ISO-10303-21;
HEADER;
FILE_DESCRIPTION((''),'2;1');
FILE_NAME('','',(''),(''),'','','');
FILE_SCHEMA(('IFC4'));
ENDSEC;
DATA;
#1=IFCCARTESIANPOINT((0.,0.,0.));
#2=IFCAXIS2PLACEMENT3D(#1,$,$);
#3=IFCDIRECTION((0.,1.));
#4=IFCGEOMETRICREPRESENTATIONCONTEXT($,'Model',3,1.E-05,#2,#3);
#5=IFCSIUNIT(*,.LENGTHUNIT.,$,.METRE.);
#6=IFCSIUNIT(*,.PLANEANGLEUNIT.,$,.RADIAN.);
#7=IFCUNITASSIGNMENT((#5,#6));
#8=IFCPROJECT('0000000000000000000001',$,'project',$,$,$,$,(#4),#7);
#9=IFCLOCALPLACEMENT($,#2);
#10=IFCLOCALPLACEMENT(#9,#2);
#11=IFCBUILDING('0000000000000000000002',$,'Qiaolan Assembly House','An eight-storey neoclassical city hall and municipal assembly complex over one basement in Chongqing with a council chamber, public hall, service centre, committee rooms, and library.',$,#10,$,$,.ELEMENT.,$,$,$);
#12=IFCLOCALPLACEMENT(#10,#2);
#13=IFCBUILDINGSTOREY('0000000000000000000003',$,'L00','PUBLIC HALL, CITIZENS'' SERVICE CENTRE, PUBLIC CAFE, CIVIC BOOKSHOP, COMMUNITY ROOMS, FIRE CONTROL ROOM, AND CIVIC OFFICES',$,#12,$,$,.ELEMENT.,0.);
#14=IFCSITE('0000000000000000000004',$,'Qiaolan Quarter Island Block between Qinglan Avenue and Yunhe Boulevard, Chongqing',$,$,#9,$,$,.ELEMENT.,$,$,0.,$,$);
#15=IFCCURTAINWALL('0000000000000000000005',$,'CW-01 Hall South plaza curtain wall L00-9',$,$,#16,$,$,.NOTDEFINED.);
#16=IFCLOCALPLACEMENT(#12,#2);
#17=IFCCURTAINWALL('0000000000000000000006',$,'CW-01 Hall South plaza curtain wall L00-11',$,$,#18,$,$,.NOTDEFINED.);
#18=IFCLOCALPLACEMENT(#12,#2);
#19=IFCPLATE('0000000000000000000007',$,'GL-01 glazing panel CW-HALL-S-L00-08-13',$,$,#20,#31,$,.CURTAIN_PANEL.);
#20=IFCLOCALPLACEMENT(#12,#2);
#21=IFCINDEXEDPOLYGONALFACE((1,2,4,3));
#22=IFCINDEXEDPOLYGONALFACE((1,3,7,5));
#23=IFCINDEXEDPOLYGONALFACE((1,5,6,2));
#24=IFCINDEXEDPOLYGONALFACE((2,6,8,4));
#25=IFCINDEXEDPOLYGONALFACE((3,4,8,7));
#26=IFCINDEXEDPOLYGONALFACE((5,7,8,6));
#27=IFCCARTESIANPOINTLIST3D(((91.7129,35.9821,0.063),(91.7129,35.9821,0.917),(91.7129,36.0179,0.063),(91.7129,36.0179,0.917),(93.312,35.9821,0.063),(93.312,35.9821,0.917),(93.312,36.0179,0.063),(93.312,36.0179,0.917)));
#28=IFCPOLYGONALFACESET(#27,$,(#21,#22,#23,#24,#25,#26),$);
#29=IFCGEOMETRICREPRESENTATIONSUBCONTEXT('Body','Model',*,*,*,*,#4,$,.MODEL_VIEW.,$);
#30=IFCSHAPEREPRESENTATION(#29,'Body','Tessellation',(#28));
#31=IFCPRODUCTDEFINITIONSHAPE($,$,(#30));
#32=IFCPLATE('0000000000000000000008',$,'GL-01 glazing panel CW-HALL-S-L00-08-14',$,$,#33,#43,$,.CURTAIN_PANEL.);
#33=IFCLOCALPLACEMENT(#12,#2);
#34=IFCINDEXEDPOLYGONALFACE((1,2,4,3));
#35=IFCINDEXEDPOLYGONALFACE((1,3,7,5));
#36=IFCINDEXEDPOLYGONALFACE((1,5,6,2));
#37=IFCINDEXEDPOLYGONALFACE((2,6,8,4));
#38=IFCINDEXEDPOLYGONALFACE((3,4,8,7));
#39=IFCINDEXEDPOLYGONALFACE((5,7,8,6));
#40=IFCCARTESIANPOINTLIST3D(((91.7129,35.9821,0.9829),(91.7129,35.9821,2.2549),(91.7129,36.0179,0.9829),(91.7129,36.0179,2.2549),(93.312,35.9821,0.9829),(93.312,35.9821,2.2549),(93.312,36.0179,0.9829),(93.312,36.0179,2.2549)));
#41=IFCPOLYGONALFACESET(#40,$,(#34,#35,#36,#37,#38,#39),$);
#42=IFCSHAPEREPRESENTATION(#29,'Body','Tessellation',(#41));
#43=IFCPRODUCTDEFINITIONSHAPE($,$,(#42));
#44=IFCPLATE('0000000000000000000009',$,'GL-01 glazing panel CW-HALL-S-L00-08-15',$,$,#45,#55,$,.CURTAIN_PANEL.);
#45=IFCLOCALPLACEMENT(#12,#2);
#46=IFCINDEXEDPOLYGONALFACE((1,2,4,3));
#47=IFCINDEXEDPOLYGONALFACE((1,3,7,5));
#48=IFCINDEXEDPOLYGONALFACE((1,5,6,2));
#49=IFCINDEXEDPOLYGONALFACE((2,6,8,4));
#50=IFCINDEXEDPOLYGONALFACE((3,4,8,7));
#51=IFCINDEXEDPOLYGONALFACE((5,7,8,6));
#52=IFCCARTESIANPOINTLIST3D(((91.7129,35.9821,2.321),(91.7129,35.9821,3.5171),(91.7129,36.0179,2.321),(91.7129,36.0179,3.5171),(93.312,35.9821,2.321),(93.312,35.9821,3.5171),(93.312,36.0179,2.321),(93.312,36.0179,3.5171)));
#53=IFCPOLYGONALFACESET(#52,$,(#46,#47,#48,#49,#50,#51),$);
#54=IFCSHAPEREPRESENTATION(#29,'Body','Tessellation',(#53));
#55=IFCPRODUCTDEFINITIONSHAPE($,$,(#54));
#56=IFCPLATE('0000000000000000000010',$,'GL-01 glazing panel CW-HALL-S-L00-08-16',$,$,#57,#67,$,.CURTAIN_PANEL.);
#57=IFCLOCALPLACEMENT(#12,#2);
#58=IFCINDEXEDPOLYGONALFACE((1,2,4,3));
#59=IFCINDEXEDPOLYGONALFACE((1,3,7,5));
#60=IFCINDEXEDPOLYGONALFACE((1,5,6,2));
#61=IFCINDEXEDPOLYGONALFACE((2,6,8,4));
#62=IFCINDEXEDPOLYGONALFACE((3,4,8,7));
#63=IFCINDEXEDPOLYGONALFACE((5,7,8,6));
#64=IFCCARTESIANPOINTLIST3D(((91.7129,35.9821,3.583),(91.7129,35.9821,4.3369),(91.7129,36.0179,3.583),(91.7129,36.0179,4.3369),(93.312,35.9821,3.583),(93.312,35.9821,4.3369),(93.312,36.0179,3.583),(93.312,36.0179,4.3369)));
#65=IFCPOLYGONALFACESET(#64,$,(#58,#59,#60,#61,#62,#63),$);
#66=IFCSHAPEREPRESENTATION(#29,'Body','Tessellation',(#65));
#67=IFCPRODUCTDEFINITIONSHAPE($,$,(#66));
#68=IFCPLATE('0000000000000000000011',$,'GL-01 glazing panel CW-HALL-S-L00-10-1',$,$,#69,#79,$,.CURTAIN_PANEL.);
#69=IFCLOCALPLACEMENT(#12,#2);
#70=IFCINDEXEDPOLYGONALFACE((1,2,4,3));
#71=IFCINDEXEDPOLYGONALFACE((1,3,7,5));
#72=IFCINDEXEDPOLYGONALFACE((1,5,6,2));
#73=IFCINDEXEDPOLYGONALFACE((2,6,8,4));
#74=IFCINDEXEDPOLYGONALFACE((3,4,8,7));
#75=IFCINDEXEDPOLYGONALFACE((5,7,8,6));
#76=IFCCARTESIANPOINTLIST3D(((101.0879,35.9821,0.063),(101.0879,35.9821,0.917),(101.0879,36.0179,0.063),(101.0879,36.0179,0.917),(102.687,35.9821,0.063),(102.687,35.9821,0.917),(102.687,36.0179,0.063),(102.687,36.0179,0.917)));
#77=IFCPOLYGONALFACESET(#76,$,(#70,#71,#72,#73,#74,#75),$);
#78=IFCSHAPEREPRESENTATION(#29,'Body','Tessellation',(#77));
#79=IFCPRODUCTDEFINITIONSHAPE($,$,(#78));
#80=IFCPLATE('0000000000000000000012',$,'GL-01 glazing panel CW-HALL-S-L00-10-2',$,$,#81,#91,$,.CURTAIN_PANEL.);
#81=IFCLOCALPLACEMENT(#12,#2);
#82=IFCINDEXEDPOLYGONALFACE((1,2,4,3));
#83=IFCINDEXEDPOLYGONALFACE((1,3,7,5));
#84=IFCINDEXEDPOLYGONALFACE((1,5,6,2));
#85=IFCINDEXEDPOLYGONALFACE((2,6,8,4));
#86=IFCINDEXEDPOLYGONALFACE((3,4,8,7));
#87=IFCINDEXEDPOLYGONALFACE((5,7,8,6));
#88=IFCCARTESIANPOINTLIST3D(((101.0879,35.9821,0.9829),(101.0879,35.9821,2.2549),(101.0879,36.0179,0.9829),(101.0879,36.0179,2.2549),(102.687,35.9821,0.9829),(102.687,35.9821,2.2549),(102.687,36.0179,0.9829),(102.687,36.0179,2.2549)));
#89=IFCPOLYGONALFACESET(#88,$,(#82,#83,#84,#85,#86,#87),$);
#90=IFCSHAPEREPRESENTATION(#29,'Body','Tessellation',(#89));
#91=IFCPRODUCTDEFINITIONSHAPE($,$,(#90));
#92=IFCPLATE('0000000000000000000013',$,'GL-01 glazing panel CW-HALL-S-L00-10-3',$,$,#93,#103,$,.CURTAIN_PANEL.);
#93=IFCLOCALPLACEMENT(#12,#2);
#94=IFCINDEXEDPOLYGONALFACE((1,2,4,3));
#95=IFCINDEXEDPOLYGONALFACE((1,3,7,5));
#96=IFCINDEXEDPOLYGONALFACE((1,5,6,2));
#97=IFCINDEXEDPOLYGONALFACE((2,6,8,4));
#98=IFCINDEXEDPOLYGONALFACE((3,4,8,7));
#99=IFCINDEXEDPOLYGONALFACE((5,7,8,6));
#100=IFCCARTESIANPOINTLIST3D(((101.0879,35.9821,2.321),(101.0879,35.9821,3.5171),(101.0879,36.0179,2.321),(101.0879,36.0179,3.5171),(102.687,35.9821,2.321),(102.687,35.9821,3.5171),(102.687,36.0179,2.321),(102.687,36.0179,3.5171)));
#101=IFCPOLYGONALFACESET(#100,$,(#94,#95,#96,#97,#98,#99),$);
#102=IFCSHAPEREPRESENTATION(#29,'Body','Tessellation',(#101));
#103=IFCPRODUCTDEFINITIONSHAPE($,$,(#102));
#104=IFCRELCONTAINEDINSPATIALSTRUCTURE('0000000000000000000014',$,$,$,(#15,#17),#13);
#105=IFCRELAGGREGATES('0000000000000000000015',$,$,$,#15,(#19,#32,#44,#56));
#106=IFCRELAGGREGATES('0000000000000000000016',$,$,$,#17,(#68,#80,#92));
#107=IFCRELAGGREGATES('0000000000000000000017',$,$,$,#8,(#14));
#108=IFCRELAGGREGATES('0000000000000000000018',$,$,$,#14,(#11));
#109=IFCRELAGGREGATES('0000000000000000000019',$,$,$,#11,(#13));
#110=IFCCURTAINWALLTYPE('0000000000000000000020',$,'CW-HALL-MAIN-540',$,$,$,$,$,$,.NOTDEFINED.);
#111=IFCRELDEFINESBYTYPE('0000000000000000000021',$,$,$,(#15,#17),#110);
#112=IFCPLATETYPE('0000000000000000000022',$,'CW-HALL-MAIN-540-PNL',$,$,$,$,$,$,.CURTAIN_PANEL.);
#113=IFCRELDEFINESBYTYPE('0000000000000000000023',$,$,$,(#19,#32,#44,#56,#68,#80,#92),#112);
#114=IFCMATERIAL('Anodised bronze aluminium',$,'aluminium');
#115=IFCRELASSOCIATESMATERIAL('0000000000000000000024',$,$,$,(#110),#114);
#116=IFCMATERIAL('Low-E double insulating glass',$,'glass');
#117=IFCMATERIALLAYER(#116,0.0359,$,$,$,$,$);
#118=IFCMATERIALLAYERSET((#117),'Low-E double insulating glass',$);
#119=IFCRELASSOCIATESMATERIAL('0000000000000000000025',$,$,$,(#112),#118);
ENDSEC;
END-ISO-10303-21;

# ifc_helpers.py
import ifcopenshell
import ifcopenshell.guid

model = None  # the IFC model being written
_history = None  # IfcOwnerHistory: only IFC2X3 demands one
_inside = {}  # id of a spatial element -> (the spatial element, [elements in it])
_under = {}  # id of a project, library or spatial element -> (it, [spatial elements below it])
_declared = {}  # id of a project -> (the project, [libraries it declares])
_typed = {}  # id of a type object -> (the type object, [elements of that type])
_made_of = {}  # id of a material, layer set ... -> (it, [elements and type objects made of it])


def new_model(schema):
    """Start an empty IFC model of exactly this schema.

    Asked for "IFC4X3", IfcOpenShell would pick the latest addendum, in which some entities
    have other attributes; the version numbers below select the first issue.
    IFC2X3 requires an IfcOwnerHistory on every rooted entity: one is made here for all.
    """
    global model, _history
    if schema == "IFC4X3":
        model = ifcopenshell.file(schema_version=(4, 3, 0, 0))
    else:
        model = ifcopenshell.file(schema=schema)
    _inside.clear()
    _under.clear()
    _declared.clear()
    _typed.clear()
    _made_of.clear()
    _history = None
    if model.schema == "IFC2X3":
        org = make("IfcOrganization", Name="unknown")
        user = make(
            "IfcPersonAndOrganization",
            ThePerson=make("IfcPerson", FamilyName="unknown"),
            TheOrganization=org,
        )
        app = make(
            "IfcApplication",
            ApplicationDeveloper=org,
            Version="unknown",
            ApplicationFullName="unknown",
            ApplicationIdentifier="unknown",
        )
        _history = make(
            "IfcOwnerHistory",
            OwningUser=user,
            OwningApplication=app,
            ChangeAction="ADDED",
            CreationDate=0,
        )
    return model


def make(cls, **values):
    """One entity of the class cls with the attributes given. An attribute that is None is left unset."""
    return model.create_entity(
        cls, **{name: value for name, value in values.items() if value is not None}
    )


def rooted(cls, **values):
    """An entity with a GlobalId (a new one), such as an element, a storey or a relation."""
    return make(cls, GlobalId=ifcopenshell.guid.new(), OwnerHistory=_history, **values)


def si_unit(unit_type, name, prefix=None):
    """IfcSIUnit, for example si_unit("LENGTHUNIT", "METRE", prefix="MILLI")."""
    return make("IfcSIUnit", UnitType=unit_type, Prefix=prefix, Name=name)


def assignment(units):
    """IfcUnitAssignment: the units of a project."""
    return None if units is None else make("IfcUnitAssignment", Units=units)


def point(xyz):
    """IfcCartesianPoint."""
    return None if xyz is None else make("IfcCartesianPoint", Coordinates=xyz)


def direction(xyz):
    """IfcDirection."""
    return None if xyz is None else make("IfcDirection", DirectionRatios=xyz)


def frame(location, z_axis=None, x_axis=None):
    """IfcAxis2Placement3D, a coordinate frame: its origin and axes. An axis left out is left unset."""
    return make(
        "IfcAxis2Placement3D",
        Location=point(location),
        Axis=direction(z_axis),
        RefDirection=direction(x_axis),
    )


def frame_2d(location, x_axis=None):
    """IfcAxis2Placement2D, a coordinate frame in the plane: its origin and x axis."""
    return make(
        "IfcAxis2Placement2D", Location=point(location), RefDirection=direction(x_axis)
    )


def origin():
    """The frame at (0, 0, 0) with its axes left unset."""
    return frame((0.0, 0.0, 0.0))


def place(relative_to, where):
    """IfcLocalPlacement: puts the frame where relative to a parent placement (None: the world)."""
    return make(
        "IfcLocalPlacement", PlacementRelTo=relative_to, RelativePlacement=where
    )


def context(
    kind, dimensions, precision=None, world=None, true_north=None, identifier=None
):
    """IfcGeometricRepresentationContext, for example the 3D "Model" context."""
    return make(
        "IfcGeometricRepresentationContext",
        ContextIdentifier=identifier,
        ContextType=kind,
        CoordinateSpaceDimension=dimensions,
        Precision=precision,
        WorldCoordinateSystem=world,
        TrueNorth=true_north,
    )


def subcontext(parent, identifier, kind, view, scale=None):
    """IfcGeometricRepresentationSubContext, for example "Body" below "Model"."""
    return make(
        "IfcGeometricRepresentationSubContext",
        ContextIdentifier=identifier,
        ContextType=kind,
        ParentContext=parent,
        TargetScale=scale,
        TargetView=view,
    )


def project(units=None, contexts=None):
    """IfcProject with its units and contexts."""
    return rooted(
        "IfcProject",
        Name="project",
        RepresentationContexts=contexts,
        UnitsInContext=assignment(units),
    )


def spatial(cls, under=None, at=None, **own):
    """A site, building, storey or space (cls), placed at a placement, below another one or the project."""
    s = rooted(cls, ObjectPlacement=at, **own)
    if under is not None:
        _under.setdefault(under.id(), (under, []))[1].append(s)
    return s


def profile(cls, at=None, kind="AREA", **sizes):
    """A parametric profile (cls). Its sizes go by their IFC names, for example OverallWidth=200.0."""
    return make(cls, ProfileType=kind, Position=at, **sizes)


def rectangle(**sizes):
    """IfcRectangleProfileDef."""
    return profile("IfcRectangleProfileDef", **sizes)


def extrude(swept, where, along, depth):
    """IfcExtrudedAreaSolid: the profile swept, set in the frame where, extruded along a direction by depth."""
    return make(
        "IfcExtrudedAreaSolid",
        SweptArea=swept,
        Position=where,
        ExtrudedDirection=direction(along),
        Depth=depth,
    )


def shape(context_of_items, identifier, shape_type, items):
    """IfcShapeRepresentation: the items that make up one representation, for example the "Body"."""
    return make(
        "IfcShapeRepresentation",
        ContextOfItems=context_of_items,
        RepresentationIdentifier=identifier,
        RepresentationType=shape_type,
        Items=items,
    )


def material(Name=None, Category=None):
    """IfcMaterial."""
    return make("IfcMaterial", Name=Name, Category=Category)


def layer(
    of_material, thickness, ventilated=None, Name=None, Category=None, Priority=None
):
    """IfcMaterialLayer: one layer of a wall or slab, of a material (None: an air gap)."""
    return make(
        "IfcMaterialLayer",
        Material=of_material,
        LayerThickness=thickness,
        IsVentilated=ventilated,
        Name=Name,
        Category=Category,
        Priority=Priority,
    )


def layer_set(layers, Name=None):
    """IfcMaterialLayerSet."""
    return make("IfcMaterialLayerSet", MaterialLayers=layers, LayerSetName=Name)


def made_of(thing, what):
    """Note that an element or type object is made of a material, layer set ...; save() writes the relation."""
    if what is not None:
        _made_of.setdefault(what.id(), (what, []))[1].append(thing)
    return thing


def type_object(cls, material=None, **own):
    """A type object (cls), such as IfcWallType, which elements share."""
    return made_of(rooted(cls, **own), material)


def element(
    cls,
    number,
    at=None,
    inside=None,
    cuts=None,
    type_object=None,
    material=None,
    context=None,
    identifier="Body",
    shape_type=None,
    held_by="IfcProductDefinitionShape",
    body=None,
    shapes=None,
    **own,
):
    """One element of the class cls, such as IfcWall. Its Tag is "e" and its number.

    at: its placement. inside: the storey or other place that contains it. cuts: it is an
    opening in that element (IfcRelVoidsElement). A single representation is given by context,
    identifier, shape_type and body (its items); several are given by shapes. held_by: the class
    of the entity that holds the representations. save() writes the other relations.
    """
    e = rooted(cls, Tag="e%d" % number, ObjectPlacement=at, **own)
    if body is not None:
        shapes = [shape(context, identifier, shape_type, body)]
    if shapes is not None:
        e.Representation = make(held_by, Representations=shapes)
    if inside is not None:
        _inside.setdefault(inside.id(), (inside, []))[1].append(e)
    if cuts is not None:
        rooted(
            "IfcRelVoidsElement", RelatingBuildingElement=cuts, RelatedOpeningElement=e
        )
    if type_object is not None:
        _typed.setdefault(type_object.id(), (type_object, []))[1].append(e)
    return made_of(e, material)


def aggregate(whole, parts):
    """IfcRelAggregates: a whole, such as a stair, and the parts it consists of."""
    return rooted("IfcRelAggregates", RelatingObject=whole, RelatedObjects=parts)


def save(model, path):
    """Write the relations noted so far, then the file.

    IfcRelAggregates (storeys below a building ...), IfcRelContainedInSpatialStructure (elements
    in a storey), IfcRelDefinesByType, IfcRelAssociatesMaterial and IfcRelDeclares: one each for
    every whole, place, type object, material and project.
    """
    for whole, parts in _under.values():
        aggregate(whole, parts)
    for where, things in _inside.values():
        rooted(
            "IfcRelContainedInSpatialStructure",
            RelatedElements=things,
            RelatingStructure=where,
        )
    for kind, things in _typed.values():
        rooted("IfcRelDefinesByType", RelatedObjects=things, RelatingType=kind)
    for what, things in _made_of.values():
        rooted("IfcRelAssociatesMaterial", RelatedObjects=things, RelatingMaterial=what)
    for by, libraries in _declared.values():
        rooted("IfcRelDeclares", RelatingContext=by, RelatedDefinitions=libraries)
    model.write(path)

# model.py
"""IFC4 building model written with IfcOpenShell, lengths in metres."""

from ifc_helpers import new_model, si_unit, direction, frame, frame_2d, origin, place, context, subcontext, project, spatial, rectangle, extrude, material, layer, layer_set, type_object, element, aggregate, save


model = new_model("IFC4")

# Units and contexts
model_context = context("Model", 3, precision=1e-05, world=origin(), true_north=direction((0.0, 1.0)))
body_context = subcontext(model_context, "Body", "Model", "MODEL_VIEW")
ifc_project = project(units=[si_unit("LENGTHUNIT", "METRE"), si_unit("PLANEANGLEUNIT", "RADIAN")], contexts=[model_context])

# Site, building, storey
site_placement = place(None, origin())
site = spatial("IfcSite", under=ifc_project, at=site_placement, Name="Qiaolan Quarter Island Block between Qinglan Avenue and Yunhe Boulevard, Chongqing", CompositionType="ELEMENT", RefElevation=0.0)
building_placement = place(site_placement, origin())
building = spatial("IfcBuilding", under=site, at=building_placement, Name="Qiaolan Assembly House", Description="An eight-storey neoclassical city hall and municipal assembly complex over one basement in Chongqing with a council chamber, public hall, service centre, committee rooms, and library.", CompositionType="ELEMENT")
storey_placement = place(building_placement, origin())
storey = spatial("IfcBuildingStorey", under=building, at=storey_placement, Name="L00", Description="PUBLIC HALL, CITIZENS' SERVICE CENTRE, PUBLIC CAFE, CIVIC BOOKSHOP, COMMUNITY ROOMS, FIRE CONTROL ROOM, AND CIVIC OFFICES", CompositionType="ELEMENT", Elevation=0.0)

# Curtain wall
ifc_material_1 = material(Name="Anodised bronze aluminium", Category="aluminium")
curtain_wall_type = type_object("IfcCurtainWallType", Name="CW-HALL-MAIN-540", PredefinedType="NOTDEFINED", material=ifc_material_1)
curtain_wall_1_placement = place(storey_placement, origin())
curtain_wall_1 = element("IfcCurtainWall", 1, at=curtain_wall_1_placement, inside=storey, type_object=curtain_wall_type, Name="CW-01 Hall South plaza curtain wall L00-9", PredefinedType="NOTDEFINED")

# Curtain wall
curtain_wall_2_placement = place(storey_placement, origin())
curtain_wall_2 = element("IfcCurtainWall", 2, at=curtain_wall_2_placement, inside=storey, type_object=curtain_wall_type, Name="CW-01 Hall South plaza curtain wall L00-11", PredefinedType="NOTDEFINED")

# Plates
ifc_material_2 = material(Name="Low-E double insulating glass", Category="glass")
ifc_layer_1 = layer(ifc_material_2, 0.0359)
ifc_layer_set_1 = layer_set([ifc_layer_1], Name="Low-E double insulating glass")
plate_type = type_object("IfcPlateType", Name="CW-HALL-MAIN-540-PNL", PredefinedType="CURTAIN_PANEL", material=ifc_layer_set_1)
plate_1_placement = place(storey_placement, frame((91.7129, 36.0, 0.063), z_axis=(0.0, 0.0, 1.0), x_axis=(1.0, 0.0, 0.0)))
plate_1 = element("IfcPlate", 3, at=plate_1_placement, type_object=plate_type, Name="GL-01 glazing panel CW-HALL-S-L00-08-13", PredefinedType="CURTAIN_PANEL", context=body_context, shape_type="SweptSolid", body=[
    extrude(rectangle(XDim=1.5991, YDim=0.0359, at=frame_2d((0.7996, 0.0))), origin(), (0.0, 0.0, 1.0), 0.854),
])
plate_2_placement = place(storey_placement, frame((91.7129, 36.0, 0.9829), z_axis=(0.0, 0.0, 1.0), x_axis=(1.0, 0.0, 0.0)))
plate_2 = element("IfcPlate", 4, at=plate_2_placement, type_object=plate_type, Name="GL-01 glazing panel CW-HALL-S-L00-08-14", PredefinedType="CURTAIN_PANEL", context=body_context, shape_type="SweptSolid", body=[
    extrude(rectangle(XDim=1.5991, YDim=0.0359, at=frame_2d((0.7996, 0.0))), origin(), (0.0, 0.0, 1.0), 1.272),
])
plate_3_placement = place(storey_placement, frame((91.7129, 36.0, 2.321), z_axis=(0.0, 0.0, 1.0), x_axis=(1.0, 0.0, 0.0)))
plate_3 = element("IfcPlate", 5, at=plate_3_placement, type_object=plate_type, Name="GL-01 glazing panel CW-HALL-S-L00-08-15", PredefinedType="CURTAIN_PANEL", context=body_context, shape_type="SweptSolid", body=[
    extrude(rectangle(XDim=1.5991, YDim=0.0359, at=frame_2d((0.7996, 0.0))), origin(), (0.0, 0.0, 1.0), 1.196),
])
plate_4_placement = place(storey_placement, frame((91.7129, 36.0, 3.583), z_axis=(0.0, 0.0, 1.0), x_axis=(1.0, 0.0, 0.0)))
plate_4 = element("IfcPlate", 6, at=plate_4_placement, type_object=plate_type, Name="GL-01 glazing panel CW-HALL-S-L00-08-16", PredefinedType="CURTAIN_PANEL", context=body_context, shape_type="SweptSolid", body=[
    extrude(rectangle(XDim=1.5991, YDim=0.0359, at=frame_2d((0.7996, 0.0))), origin(), (0.0, 0.0, 1.0), 0.7539),
])
aggregate(curtain_wall_1, [plate_1, plate_2, plate_3, plate_4])
plate_5_placement = place(storey_placement, frame((101.0879, 36.0, 0.063), z_axis=(0.0, 0.0, 1.0), x_axis=(1.0, 0.0, 0.0)))
plate_5 = element("IfcPlate", 7, at=plate_5_placement, type_object=plate_type, Name="GL-01 glazing panel CW-HALL-S-L00-10-1", PredefinedType="CURTAIN_PANEL", context=body_context, shape_type="SweptSolid", body=[
    extrude(rectangle(XDim=1.5991, YDim=0.0359, at=frame_2d((0.7996, 0.0))), origin(), (0.0, 0.0, 1.0), 0.854),
])
plate_6_placement = place(storey_placement, frame((101.0879, 36.0, 0.9829), z_axis=(0.0, 0.0, 1.0), x_axis=(1.0, 0.0, 0.0)))
plate_6 = element("IfcPlate", 8, at=plate_6_placement, type_object=plate_type, Name="GL-01 glazing panel CW-HALL-S-L00-10-2", PredefinedType="CURTAIN_PANEL", context=body_context, shape_type="SweptSolid", body=[
    extrude(rectangle(XDim=1.5991, YDim=0.0359, at=frame_2d((0.7996, 0.0))), origin(), (0.0, 0.0, 1.0), 1.272),
])
plate_7_placement = place(storey_placement, frame((101.0879, 36.0, 2.321), z_axis=(0.0, 0.0, 1.0), x_axis=(1.0, 0.0, 0.0)))
plate_7 = element("IfcPlate", 9, at=plate_7_placement, type_object=plate_type, Name="GL-01 glazing panel CW-HALL-S-L00-10-3", PredefinedType="CURTAIN_PANEL", context=body_context, shape_type="SweptSolid", body=[
    extrude(rectangle(XDim=1.5991, YDim=0.0359, at=frame_2d((0.7996, 0.0))), origin(), (0.0, 0.0, 1.0), 1.196),
])
aggregate(curtain_wall_2, [plate_5, plate_6, plate_7])

save(model, "model.ifc")
